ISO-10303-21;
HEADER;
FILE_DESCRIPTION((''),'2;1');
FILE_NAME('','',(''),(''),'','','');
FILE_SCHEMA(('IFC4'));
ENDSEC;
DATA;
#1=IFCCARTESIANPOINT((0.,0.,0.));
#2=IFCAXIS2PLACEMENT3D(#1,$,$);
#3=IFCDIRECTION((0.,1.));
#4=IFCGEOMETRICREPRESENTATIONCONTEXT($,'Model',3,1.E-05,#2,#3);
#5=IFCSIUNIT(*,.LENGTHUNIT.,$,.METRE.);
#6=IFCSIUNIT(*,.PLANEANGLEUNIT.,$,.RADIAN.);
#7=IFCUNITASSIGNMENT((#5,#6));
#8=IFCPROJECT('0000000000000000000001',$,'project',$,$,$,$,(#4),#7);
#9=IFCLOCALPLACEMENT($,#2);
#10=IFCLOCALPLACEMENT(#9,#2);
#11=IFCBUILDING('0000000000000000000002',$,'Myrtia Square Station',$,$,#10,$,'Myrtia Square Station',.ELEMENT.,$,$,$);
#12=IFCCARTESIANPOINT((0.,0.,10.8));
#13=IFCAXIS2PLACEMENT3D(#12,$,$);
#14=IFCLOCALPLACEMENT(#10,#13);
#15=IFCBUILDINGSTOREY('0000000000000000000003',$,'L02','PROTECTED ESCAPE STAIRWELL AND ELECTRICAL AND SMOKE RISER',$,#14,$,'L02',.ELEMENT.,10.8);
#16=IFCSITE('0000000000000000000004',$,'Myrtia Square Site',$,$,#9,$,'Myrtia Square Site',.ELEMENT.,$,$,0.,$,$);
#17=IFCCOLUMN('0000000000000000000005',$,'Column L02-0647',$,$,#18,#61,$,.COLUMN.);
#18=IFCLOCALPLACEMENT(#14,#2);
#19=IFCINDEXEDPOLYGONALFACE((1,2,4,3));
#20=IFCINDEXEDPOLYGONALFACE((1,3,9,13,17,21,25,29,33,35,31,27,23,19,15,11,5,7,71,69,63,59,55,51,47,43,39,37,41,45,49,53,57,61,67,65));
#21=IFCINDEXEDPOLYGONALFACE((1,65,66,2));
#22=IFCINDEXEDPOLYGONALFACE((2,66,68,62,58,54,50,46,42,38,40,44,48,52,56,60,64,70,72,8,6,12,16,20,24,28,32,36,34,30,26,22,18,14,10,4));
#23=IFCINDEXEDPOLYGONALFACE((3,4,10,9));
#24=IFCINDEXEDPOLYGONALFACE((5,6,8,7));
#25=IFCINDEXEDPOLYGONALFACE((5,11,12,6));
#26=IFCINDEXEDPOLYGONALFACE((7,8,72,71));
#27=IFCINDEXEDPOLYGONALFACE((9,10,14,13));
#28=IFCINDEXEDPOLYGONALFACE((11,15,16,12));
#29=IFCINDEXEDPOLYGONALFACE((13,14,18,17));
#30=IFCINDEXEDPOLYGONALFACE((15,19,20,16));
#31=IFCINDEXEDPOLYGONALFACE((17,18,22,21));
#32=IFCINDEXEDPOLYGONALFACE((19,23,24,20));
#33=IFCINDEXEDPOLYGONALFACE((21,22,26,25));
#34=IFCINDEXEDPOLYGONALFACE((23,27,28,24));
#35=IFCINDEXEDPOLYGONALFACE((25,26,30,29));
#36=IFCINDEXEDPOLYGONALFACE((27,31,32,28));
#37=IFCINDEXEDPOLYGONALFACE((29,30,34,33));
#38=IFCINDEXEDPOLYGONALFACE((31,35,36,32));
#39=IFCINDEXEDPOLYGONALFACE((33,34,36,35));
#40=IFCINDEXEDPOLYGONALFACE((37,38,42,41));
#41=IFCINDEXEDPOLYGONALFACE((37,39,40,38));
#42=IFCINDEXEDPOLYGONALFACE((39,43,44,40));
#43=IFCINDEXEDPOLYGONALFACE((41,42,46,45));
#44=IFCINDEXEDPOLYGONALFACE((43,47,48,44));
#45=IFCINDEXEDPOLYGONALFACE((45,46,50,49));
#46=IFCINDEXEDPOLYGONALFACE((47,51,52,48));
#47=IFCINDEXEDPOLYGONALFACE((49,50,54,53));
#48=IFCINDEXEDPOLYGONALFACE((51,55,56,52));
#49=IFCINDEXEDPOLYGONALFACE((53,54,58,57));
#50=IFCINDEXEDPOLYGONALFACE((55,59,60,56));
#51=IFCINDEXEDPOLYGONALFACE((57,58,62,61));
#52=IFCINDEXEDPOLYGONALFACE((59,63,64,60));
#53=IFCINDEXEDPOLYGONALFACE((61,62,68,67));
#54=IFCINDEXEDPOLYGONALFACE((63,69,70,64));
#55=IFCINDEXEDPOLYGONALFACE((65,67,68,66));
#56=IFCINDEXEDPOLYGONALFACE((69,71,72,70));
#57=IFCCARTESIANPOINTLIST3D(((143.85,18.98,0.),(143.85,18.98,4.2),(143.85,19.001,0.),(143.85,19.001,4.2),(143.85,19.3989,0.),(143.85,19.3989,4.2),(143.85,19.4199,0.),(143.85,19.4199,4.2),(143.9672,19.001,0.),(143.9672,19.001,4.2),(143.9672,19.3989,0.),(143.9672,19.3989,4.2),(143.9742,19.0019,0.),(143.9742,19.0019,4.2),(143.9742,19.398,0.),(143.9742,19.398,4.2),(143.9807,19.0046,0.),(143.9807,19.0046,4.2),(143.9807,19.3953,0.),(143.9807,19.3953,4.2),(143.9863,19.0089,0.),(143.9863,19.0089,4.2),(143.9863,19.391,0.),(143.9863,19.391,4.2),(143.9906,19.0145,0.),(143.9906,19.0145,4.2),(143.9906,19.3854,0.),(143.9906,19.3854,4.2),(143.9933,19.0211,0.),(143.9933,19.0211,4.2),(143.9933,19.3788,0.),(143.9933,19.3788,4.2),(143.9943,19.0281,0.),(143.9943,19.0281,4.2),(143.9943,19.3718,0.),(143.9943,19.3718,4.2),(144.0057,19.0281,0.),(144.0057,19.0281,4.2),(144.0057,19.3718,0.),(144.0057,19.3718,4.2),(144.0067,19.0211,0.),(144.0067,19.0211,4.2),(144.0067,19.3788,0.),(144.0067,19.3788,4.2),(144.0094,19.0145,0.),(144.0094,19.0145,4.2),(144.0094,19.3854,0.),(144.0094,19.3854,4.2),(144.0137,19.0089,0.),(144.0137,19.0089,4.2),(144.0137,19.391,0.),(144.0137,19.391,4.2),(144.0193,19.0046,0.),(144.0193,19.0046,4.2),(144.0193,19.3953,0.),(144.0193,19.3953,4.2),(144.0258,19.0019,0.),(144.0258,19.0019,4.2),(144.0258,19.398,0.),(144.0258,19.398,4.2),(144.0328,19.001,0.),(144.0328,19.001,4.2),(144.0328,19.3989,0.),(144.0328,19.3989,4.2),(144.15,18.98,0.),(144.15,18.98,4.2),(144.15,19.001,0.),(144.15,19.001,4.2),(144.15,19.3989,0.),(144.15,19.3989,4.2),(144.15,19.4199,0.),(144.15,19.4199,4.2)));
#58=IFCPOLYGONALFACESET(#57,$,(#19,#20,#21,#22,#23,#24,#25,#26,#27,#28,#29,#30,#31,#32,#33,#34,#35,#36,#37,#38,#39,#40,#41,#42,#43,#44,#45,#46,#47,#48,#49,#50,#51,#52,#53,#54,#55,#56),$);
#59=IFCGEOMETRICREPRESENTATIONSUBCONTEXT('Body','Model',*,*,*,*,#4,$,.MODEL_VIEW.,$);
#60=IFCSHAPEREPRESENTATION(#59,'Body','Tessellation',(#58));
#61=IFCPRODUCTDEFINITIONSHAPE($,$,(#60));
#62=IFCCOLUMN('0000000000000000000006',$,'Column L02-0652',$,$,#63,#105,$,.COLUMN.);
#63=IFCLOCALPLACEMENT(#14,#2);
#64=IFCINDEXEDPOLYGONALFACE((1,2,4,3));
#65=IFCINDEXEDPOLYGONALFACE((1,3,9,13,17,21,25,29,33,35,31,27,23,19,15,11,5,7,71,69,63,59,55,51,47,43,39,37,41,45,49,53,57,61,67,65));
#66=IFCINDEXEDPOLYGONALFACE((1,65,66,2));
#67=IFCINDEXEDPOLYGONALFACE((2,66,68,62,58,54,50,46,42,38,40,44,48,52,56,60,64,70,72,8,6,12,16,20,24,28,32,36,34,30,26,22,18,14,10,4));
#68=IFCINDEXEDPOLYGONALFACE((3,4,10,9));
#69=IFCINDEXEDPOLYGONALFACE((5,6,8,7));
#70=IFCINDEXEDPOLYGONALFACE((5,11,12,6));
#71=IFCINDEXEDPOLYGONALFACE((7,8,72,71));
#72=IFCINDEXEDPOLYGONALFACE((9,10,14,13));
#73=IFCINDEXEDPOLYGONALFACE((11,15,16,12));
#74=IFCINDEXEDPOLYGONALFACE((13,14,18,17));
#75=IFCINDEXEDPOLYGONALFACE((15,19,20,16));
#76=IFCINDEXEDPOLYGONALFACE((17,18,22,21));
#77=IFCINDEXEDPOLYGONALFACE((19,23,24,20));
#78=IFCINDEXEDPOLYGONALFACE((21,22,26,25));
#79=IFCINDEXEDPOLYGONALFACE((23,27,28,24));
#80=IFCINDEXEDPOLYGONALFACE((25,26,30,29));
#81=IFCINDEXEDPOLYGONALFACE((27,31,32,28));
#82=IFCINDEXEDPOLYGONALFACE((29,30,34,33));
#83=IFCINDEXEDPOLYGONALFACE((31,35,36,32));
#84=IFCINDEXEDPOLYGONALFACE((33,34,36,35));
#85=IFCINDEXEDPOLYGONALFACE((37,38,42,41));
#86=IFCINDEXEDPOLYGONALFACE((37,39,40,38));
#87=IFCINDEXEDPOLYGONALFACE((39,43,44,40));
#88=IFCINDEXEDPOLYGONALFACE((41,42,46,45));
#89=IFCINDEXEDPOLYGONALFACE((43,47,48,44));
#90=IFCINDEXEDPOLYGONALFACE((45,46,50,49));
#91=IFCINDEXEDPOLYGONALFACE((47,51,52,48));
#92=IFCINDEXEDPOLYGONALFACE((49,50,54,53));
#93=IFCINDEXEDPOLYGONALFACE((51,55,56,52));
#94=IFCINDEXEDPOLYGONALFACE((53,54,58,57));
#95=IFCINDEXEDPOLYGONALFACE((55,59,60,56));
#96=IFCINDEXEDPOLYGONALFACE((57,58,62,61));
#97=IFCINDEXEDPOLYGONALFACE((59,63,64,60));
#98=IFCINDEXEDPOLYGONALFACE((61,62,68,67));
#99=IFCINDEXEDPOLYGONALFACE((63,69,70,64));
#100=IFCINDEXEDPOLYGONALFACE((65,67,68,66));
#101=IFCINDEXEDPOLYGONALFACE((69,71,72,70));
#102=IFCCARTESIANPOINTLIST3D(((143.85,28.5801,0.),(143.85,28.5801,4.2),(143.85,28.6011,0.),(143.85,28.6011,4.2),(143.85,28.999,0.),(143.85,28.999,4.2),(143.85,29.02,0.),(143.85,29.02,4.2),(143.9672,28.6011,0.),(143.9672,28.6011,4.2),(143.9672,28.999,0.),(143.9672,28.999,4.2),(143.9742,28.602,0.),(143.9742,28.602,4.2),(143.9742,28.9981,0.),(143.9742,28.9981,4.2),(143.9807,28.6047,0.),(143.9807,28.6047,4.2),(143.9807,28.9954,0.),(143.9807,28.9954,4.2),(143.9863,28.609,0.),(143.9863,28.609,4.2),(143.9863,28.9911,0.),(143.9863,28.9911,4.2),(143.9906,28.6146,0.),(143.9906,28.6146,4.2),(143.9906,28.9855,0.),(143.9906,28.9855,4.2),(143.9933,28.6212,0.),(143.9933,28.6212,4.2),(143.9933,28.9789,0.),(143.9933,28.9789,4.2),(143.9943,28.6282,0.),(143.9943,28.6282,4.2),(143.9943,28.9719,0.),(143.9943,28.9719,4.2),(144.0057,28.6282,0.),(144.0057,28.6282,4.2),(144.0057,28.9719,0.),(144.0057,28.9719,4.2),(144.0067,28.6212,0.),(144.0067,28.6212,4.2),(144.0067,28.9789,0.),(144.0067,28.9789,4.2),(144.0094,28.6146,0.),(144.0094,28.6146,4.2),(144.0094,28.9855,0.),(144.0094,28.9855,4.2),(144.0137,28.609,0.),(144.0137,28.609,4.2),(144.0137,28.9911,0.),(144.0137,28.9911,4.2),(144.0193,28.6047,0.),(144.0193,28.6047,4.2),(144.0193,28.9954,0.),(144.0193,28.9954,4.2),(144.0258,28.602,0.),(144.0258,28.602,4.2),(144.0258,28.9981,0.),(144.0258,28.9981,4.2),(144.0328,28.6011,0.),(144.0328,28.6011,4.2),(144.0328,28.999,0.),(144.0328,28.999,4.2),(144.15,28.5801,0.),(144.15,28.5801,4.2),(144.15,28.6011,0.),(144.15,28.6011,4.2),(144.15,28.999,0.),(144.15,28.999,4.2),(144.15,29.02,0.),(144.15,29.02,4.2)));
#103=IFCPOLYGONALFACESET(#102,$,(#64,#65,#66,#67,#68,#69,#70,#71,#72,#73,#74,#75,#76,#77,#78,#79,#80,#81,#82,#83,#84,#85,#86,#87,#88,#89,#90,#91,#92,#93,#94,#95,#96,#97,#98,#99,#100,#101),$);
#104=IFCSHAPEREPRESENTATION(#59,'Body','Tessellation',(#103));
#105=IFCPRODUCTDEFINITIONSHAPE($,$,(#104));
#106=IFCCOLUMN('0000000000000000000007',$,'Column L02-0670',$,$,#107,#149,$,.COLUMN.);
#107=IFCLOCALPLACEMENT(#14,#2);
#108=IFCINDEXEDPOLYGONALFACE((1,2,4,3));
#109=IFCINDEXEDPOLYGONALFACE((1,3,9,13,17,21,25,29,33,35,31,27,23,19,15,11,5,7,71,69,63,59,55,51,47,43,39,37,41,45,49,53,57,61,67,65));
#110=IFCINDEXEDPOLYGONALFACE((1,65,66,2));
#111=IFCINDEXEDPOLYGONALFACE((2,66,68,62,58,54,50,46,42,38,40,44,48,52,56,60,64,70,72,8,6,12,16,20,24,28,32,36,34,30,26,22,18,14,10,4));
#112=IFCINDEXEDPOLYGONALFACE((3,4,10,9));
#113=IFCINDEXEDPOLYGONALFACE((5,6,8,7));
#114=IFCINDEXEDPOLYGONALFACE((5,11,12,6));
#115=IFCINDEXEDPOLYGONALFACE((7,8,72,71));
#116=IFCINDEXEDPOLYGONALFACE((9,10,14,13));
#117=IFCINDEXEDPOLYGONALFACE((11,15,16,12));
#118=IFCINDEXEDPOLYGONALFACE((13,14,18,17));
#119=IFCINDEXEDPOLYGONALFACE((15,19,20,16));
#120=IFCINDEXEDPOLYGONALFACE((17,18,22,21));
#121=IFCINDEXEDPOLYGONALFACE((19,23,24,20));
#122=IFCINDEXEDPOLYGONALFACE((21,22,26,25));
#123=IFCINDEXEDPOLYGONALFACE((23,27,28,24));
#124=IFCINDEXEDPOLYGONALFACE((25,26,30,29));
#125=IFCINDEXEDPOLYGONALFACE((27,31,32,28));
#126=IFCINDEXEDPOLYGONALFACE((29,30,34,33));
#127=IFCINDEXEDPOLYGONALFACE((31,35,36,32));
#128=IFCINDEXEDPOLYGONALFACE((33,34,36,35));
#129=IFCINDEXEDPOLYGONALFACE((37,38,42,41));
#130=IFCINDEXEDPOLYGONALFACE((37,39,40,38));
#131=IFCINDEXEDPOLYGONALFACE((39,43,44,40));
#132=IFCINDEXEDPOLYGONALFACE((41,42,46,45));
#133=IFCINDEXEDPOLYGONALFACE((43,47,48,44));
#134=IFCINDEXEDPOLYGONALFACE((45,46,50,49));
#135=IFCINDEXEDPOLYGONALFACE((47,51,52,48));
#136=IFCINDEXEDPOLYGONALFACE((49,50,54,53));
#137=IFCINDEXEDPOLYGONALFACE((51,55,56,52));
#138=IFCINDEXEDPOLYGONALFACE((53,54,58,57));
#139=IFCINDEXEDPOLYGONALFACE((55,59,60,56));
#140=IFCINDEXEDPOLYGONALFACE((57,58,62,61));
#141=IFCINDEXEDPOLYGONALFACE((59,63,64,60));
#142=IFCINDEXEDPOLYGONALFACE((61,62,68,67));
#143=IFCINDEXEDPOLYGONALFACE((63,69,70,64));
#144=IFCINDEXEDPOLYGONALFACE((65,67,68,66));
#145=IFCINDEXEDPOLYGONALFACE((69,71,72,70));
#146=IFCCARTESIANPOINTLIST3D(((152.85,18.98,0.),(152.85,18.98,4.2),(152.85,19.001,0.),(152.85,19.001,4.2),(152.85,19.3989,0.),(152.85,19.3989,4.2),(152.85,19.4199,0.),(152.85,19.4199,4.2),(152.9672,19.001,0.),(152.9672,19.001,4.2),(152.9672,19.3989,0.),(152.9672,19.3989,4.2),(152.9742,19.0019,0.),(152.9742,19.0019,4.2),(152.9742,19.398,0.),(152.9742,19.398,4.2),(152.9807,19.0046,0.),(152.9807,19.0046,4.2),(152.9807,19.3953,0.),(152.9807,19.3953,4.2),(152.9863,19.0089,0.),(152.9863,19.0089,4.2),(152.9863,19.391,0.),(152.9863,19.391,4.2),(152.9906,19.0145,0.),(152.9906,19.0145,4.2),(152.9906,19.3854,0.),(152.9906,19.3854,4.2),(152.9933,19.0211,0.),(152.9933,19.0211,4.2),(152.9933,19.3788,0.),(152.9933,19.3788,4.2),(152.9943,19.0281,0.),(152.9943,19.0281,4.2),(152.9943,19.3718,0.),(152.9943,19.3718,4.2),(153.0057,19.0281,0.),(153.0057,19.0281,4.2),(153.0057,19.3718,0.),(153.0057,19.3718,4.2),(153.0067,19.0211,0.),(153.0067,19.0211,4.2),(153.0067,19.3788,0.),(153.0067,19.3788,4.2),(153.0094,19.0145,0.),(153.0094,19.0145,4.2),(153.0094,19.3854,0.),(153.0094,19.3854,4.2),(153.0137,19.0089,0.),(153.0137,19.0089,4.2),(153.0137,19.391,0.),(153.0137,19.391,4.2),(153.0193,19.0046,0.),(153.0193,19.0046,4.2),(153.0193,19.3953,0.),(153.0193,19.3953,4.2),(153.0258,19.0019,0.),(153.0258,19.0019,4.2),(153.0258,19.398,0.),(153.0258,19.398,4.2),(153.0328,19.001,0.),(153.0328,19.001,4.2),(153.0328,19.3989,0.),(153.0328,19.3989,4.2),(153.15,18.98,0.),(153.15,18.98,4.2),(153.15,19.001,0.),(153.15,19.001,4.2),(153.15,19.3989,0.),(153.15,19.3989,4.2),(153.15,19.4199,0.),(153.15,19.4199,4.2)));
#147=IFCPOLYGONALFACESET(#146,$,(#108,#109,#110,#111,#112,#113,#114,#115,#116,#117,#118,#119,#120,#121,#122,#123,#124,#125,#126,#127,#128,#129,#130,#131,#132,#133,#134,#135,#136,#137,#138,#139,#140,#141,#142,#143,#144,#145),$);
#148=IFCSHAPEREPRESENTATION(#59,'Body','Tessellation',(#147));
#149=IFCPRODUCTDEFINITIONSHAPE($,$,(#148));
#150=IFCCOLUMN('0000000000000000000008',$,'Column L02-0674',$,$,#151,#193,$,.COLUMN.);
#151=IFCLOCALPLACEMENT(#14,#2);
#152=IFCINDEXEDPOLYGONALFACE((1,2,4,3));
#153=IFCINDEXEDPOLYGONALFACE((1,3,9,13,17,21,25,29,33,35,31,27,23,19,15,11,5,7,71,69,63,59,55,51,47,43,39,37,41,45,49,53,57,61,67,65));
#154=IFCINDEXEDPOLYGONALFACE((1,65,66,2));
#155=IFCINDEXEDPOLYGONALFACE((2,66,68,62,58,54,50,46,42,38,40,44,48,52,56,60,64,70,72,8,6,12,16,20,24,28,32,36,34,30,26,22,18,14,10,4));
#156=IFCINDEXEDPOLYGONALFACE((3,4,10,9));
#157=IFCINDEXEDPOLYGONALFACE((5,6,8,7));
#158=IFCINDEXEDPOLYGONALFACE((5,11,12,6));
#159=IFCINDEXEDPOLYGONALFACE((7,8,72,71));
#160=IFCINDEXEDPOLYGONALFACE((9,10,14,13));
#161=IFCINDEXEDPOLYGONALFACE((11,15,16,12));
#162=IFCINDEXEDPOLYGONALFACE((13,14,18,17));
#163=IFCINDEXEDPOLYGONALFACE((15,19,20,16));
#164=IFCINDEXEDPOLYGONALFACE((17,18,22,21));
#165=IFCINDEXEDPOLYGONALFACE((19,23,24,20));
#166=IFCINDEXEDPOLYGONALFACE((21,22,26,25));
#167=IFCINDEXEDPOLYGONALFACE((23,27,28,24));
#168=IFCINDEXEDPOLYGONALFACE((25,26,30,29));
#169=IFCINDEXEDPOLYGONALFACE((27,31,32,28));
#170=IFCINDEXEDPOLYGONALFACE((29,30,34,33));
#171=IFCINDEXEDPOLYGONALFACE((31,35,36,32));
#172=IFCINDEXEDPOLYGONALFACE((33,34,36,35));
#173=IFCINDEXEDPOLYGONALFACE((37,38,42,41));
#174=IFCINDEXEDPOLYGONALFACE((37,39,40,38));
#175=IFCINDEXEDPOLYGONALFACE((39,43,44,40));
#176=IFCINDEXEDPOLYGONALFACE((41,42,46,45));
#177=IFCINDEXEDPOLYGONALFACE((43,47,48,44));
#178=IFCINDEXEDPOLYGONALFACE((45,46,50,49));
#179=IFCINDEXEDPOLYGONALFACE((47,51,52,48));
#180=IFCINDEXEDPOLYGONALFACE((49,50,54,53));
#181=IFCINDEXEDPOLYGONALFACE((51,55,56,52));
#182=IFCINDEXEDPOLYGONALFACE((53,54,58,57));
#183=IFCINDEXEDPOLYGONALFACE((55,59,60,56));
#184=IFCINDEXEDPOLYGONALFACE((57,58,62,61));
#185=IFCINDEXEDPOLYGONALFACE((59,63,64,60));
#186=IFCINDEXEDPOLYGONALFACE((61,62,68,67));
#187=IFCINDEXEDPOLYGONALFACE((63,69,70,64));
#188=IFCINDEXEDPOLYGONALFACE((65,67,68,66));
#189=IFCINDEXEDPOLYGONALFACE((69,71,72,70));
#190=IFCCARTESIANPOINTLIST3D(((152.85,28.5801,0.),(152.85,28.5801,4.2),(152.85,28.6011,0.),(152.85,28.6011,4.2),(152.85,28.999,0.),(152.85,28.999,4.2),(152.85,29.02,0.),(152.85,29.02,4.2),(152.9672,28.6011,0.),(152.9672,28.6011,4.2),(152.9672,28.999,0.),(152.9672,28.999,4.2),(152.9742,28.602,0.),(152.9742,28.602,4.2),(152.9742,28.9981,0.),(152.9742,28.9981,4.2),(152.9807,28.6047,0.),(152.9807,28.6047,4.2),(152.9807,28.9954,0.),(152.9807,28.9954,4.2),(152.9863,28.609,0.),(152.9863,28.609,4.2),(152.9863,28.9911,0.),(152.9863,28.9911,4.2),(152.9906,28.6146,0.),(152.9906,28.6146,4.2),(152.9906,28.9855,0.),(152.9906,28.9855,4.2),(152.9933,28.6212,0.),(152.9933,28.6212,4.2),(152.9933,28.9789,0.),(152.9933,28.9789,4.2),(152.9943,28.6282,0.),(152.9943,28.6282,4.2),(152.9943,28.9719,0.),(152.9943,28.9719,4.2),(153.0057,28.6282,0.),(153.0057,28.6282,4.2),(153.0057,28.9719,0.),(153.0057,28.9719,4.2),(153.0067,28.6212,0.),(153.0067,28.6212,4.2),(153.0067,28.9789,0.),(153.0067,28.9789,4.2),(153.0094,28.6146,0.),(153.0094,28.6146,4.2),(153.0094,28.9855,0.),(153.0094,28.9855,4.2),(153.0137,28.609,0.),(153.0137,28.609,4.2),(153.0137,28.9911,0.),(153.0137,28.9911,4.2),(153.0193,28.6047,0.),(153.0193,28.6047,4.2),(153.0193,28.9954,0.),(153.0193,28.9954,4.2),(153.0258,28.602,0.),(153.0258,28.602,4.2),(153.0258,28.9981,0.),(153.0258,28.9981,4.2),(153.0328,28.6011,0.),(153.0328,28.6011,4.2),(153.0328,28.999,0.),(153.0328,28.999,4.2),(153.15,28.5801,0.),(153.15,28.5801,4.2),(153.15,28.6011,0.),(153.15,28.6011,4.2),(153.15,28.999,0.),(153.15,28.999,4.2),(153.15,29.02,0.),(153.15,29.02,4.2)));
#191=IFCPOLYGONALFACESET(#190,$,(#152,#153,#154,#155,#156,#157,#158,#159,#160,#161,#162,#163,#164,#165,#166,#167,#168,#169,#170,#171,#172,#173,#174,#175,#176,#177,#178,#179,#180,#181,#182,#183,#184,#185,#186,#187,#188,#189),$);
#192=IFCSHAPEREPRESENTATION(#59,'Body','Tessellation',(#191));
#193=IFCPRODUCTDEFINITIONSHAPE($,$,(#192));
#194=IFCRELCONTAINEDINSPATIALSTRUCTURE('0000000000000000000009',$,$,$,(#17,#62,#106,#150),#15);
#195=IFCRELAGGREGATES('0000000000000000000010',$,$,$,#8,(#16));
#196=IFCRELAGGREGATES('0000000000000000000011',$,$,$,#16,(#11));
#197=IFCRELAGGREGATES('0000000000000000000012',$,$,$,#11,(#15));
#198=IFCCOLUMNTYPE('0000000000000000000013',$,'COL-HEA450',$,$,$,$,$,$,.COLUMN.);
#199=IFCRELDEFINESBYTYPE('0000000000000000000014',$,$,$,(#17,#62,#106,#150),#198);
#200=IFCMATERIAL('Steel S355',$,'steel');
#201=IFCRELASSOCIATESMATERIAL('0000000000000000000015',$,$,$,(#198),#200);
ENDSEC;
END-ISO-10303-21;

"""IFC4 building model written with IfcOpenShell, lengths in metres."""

from ifc_helpers import new_model, si_unit, direction, frame, origin, origin_2d, place, context, subcontext, project, spatial, i_section, extrude, material, material_profile, profile_set, type_object, element, save


model = new_model("IFC4")

# Units and contexts
model_context = context("Model", 3, precision=1e-05, world=origin(), true_north=direction((0.0, 1.0)))
body_context = subcontext(model_context, "Body", "Model", "MODEL_VIEW")
ifc_project = project(units=[si_unit("LENGTHUNIT", "METRE"), si_unit("PLANEANGLEUNIT", "RADIAN")], contexts=[model_context])

# Site, building, storey
site_placement = place(None, origin())
site = spatial("IfcSite", under=ifc_project, at=site_placement, Name="Myrtia Square Site", LongName="Myrtia Square Site", CompositionType="ELEMENT", RefElevation=0.0)
building_placement = place(site_placement, origin())
building = spatial("IfcBuilding", under=site, at=building_placement, Name="Myrtia Square Station", LongName="Myrtia Square Station", CompositionType="ELEMENT")
storey_placement = place(building_placement, frame((0.0, 0.0, 10.8)))
storey = spatial("IfcBuildingStorey", under=building, at=storey_placement, Name="L02", Description="PROTECTED ESCAPE STAIRWELL AND ELECTRICAL AND SMOKE RISER", LongName="L02", CompositionType="ELEMENT", Elevation=10.8)

# Columns
ifc_material_1 = material(Name="Steel S355", Category="steel")
ifc_material_profile_1 = material_profile(ifc_material_1, i_section(OverallWidth=0.3, OverallDepth=0.4399, WebThickness=0.0115, FlangeThickness=0.021, FilletRadius=0.0271, at=origin_2d()), Name="HEA 450")
ifc_profile_set_1 = profile_set([ifc_material_profile_1], Name="Steel S355")
column_type = type_object("IfcColumnType", Name="COL-HEA450", PredefinedType="COLUMN", material=ifc_profile_set_1)
for number, where, z_axis, x_axis, name in (
    (1, (144.0, 19.2, 0.0), (0.0, 0.0, 1.0), (1.0, 0.0, 0.0), "Column L02-0647"),
    (2, (144.0, 28.8, 0.0), (0.0, 0.0, 1.0), (1.0, 0.0, 0.0), "Column L02-0652"),
    (3, (153.0, 19.2, 0.0), (0.0, 0.0, 1.0), (1.0, 0.0, 0.0), "Column L02-0670"),
    (4, (153.0, 28.8, 0.0), (0.0, 0.0, 1.0), (1.0, 0.0, 0.0), "Column L02-0674"),
):
    element("IfcColumn", number, at=place(storey_placement, frame(where, z_axis=z_axis, x_axis=x_axis)), inside=storey, type_object=column_type, Name=name, PredefinedType="COLUMN", context=body_context, shape_type="SweptSolid", body=[
        extrude(i_section(OverallWidth=0.3, OverallDepth=0.4399, WebThickness=0.0115, FlangeThickness=0.021, FilletRadius=0.0271, at=origin_2d()), origin(), (0.0, 0.0, 1.0), 4.2),
    ])

save(model, "model.ifc")
